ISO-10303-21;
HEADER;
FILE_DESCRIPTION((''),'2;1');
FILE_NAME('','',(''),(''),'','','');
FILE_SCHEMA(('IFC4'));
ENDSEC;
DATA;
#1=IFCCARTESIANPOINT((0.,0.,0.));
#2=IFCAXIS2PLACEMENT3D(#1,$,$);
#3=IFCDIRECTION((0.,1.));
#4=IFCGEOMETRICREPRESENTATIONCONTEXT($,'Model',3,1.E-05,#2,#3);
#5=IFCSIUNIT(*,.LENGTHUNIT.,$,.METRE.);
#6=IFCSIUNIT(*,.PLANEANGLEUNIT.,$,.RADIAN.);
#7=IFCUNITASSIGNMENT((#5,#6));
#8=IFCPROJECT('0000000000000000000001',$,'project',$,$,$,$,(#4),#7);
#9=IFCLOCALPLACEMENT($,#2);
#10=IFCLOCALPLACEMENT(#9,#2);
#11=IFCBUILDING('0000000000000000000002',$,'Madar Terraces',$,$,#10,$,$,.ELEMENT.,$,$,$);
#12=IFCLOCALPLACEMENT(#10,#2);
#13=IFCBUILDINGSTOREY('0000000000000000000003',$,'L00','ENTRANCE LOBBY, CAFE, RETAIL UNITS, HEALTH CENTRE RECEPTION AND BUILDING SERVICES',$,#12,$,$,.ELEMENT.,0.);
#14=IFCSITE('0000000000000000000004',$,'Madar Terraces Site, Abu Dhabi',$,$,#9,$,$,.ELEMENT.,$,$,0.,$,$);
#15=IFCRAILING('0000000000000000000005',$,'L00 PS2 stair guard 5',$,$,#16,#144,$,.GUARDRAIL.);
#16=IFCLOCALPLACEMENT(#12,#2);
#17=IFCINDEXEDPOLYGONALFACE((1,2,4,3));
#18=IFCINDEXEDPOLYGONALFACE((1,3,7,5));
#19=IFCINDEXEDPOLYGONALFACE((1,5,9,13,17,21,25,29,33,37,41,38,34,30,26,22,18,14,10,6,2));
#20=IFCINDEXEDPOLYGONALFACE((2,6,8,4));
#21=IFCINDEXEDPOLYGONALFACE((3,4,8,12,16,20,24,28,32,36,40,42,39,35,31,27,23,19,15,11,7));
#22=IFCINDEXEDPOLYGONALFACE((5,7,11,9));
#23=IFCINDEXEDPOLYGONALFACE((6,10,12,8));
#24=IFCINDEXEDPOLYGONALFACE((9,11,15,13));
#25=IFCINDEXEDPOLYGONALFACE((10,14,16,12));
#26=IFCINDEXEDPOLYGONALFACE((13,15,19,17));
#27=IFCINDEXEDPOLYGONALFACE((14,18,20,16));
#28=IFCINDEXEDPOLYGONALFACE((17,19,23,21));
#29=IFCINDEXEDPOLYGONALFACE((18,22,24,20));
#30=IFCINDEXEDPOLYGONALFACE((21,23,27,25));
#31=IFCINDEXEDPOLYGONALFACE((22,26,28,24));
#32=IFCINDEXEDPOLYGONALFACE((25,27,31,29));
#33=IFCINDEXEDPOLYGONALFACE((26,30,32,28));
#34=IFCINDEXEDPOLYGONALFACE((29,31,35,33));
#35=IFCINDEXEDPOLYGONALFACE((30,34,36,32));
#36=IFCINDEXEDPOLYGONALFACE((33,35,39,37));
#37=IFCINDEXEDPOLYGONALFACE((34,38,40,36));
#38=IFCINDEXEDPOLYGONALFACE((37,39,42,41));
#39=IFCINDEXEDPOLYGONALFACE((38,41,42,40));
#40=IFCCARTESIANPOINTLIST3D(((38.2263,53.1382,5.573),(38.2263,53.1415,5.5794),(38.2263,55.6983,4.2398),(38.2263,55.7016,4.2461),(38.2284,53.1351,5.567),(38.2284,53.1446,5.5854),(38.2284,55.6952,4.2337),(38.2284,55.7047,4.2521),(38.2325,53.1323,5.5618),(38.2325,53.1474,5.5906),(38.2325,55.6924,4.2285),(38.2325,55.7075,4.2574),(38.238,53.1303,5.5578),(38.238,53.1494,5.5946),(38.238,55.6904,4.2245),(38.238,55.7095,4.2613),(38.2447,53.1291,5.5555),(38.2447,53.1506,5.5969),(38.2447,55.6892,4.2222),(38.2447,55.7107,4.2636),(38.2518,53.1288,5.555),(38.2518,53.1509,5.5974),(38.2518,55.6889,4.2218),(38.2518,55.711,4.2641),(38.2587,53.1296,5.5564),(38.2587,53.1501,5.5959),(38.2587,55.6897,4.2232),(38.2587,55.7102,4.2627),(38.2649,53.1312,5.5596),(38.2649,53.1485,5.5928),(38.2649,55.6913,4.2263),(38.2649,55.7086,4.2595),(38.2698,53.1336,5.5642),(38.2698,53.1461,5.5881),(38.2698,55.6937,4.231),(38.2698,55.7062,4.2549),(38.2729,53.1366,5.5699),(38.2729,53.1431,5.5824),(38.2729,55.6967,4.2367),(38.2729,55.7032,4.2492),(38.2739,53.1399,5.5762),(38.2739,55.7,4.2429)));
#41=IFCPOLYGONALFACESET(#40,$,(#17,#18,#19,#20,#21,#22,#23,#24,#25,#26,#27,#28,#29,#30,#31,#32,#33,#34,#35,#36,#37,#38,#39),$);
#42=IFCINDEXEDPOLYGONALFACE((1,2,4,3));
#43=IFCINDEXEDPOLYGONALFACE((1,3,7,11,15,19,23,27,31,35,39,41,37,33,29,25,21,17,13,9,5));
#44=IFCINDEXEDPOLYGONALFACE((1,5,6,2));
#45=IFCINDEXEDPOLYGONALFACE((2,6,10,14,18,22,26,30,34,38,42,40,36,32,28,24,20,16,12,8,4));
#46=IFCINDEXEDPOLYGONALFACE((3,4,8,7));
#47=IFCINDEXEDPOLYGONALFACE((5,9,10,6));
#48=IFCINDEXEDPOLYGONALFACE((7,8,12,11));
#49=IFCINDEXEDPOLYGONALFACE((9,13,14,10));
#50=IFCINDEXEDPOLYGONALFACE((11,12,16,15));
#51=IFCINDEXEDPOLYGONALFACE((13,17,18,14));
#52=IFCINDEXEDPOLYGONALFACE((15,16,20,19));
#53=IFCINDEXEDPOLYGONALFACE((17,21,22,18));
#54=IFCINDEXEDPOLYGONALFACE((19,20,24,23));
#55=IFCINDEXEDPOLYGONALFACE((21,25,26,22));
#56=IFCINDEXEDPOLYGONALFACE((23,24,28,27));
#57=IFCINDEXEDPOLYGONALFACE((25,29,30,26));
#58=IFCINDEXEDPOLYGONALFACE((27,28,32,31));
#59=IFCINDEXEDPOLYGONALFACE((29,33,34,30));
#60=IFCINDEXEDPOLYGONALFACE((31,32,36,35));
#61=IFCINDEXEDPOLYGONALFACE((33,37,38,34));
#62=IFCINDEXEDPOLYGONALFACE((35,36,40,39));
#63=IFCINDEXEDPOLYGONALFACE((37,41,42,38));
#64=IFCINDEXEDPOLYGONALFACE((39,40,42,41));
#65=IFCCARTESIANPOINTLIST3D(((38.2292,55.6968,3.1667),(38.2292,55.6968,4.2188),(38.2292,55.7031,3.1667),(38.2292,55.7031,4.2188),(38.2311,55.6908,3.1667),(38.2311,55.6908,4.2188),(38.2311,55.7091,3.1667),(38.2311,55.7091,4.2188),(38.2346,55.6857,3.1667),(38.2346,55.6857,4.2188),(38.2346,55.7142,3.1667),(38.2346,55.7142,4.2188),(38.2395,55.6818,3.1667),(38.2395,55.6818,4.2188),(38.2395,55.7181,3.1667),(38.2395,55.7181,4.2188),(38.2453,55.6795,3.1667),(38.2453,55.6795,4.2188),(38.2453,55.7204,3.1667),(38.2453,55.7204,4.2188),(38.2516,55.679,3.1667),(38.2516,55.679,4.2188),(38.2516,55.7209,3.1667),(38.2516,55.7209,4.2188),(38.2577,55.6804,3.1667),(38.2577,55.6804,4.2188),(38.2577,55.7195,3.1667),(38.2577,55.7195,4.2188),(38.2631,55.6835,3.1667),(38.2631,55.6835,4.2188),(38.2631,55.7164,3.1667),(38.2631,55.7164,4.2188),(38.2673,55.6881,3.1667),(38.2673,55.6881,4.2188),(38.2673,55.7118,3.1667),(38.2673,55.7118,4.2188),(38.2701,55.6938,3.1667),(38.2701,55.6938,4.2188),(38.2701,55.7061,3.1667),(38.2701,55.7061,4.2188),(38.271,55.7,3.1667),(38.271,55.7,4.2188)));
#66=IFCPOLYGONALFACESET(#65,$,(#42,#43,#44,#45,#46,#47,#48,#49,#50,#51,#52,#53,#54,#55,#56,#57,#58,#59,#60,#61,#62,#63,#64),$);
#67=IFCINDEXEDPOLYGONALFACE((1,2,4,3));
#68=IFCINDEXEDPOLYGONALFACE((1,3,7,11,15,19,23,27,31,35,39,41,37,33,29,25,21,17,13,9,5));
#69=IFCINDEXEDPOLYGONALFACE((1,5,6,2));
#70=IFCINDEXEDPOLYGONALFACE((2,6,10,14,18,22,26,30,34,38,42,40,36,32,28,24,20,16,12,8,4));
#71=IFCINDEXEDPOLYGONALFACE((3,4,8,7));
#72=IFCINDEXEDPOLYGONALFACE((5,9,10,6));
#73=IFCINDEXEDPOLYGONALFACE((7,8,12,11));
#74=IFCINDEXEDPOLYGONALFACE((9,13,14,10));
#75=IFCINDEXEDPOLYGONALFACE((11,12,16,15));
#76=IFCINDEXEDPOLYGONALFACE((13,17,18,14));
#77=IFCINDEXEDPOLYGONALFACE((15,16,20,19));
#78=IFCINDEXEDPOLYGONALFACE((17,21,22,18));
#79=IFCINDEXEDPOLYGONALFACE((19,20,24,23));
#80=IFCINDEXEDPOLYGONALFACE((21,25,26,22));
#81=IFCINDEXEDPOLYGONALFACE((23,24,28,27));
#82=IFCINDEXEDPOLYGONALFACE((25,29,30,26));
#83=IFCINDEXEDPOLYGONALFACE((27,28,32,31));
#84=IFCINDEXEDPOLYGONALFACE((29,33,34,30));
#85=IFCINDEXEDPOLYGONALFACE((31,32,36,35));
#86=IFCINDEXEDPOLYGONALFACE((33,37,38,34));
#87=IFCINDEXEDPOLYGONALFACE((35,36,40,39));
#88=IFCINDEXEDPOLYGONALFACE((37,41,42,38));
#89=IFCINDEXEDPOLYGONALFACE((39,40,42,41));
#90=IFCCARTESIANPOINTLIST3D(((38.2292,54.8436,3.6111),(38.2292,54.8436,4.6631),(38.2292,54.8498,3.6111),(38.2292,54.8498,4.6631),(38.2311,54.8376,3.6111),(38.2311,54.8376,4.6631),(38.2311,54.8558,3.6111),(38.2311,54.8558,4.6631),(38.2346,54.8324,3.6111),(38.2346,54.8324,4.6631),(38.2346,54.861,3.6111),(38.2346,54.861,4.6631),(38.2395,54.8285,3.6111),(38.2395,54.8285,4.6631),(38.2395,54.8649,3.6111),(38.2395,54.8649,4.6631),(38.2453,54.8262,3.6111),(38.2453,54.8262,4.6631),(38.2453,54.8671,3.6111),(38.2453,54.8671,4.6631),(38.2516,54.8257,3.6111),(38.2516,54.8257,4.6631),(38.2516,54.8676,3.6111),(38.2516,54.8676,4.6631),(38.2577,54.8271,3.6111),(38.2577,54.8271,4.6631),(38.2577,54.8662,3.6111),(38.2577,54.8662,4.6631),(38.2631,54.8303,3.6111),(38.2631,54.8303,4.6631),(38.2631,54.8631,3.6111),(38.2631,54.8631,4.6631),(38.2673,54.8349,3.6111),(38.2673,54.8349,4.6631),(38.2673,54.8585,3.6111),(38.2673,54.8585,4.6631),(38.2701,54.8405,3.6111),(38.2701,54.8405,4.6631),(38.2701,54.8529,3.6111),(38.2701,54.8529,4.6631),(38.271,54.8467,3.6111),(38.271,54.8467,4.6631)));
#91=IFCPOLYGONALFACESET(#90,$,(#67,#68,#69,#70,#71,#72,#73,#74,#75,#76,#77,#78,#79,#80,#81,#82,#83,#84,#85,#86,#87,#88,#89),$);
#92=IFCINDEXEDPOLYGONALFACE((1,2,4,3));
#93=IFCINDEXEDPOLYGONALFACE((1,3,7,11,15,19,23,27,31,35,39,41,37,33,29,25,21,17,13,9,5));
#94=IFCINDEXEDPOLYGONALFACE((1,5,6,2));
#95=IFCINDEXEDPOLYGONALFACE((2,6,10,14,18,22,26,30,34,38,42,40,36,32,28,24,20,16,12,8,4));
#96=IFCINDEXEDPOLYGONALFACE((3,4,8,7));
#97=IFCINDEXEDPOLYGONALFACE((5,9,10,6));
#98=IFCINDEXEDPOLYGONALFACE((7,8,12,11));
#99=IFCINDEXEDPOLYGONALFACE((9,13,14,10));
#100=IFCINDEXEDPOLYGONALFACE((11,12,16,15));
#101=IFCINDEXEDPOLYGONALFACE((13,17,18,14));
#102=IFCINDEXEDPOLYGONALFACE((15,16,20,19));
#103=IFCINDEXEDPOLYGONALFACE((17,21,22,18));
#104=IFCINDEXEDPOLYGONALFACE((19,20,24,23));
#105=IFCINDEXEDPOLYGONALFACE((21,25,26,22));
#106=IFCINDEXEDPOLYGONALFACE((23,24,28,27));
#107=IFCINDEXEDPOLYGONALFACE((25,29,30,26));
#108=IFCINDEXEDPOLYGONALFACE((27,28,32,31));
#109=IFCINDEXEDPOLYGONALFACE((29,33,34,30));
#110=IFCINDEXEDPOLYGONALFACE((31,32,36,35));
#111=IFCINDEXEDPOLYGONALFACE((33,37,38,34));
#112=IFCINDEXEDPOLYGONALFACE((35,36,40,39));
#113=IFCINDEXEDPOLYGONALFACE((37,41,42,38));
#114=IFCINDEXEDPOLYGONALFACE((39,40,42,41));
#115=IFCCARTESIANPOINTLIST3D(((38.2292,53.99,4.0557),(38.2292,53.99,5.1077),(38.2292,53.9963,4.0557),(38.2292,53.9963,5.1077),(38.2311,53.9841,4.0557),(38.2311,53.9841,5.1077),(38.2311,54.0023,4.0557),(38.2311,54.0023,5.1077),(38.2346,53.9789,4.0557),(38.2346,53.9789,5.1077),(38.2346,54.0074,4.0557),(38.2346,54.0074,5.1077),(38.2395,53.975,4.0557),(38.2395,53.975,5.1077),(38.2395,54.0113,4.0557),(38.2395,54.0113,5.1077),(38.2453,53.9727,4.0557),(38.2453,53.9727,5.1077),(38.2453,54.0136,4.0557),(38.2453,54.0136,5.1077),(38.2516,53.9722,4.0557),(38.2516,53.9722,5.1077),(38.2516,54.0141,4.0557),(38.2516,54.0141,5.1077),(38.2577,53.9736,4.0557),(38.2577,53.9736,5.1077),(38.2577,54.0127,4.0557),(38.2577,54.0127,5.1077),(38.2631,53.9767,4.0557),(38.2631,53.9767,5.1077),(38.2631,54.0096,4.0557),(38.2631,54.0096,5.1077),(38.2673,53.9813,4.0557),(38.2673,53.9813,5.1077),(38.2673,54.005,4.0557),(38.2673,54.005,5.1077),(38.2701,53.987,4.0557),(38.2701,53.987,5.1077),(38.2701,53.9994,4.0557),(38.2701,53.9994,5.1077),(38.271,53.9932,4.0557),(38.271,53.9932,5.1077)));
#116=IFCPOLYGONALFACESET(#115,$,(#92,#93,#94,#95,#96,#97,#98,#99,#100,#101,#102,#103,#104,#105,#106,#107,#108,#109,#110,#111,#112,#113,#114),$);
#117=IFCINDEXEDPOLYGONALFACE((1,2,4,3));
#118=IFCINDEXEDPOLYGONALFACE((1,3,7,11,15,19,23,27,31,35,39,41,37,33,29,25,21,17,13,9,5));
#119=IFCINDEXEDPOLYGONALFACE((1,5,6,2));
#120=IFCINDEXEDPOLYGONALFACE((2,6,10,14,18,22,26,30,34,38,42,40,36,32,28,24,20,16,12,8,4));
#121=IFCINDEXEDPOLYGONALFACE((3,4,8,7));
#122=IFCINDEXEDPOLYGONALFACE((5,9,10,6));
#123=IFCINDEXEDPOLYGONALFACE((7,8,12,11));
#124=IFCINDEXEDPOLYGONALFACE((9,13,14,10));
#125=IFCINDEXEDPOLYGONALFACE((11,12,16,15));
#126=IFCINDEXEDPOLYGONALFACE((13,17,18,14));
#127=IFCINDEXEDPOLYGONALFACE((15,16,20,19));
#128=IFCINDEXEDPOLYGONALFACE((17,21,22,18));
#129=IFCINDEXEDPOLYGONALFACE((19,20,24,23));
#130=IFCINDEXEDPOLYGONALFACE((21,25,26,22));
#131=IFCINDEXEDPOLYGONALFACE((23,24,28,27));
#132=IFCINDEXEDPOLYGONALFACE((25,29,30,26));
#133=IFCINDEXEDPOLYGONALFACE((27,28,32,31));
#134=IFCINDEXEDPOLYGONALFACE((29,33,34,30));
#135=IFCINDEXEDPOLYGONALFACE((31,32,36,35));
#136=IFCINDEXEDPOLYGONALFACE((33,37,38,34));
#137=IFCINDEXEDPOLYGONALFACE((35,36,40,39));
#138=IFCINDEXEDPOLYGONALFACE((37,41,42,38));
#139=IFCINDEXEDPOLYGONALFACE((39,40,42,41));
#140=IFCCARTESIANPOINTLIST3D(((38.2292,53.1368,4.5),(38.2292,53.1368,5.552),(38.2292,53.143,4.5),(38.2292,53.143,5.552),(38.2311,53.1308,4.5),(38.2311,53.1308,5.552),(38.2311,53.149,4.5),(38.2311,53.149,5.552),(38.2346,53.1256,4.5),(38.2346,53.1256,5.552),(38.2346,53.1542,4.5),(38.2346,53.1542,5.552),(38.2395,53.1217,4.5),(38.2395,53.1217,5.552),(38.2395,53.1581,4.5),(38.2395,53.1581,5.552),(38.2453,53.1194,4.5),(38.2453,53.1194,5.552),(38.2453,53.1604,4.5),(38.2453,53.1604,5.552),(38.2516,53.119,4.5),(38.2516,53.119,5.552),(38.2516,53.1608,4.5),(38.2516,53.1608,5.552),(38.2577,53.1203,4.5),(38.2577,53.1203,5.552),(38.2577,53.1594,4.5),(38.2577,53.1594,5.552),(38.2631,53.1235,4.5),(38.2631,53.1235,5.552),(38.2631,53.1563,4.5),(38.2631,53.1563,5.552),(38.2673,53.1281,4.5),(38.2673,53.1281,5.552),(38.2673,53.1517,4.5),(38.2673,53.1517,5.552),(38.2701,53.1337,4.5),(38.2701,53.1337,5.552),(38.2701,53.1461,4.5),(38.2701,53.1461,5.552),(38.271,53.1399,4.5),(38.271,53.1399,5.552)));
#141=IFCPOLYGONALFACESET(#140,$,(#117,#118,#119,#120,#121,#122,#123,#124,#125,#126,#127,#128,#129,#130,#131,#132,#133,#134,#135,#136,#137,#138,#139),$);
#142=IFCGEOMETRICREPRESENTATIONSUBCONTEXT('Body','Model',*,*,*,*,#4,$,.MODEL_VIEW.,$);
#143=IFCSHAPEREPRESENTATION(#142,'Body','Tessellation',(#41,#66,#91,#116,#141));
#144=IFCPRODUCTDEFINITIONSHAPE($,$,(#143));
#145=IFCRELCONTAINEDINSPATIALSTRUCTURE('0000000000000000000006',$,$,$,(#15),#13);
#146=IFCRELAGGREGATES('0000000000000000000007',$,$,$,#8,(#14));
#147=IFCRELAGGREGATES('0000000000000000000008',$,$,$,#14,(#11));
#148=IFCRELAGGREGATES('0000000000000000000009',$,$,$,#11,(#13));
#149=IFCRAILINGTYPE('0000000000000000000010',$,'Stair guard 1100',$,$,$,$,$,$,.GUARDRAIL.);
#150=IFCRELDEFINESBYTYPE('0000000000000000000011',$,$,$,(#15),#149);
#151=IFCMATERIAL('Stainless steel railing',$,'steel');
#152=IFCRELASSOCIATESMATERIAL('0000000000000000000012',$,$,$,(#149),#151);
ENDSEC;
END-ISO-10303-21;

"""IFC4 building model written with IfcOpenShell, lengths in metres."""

from ifc_helpers import new_model, si_unit, direction, frame, origin, origin_2d, place, context, subcontext, project, spatial, circle, extrude, material, type_object, element, save


model = new_model("IFC4")

# Units and contexts
model_context = context("Model", 3, precision=1e-05, world=origin(), true_north=direction((0.0, 1.0)))
body_context = subcontext(model_context, "Body", "Model", "MODEL_VIEW")
ifc_project = project(units=[si_unit("LENGTHUNIT", "METRE"), si_unit("PLANEANGLEUNIT", "RADIAN")], contexts=[model_context])

# Site, building, storey
site_placement = place(None, origin())
site = spatial("IfcSite", under=ifc_project, at=site_placement, Name="Madar Terraces Site, Abu Dhabi", CompositionType="ELEMENT", RefElevation=0.0)
building_placement = place(site_placement, origin())
building = spatial("IfcBuilding", under=site, at=building_placement, Name="Madar Terraces", CompositionType="ELEMENT")
storey_placement = place(building_placement, origin())
storey = spatial("IfcBuildingStorey", under=building, at=storey_placement, Name="L00", Description="ENTRANCE LOBBY, CAFE, RETAIL UNITS, HEALTH CENTRE RECEPTION AND BUILDING SERVICES", CompositionType="ELEMENT", Elevation=0.0)

# Railing
ifc_material_1 = material(Name="Stainless steel railing", Category="steel")
railing_type_1 = type_object("IfcRailingType", Name="Stair guard 1100", PredefinedType="GUARDRAIL", material=ifc_material_1)
railing_1_placement = place(storey_placement, frame((38.25, 55.7, 3.1667)))
element("IfcRailing", 1, at=railing_1_placement, inside=storey, type_object=railing_type_1, Name="L00 PS2 stair guard 5", PredefinedType="GUARDRAIL", context=body_context, shape_type="SweptSolid", body=[
    extrude(circle(Radius=0.0239, at=origin_2d()), frame((0.0, 0.0, 1.0762), z_axis=(0.0, -0.88693, 0.461904), x_axis=(1.0, 0.0, 0.0)), (0.0, 0.0, 1.0), 2.8865),
    extrude(circle(Radius=0.021, at=origin_2d()), origin(), (0.0, 0.0, 1.0), 1.052),
    extrude(circle(Radius=0.021, at=origin_2d()), frame((0.0, -0.8533, 0.4443)), (0.0, 0.0, 1.0), 1.052),
    extrude(circle(Radius=0.021, at=origin_2d()), frame((0.0, -1.7068, 0.8889)), (0.0, 0.0, 1.0), 1.052),
    extrude(circle(Radius=0.021, at=origin_2d()), frame((0.0, -2.5601, 1.3333)), (0.0, 0.0, 1.0), 1.052),
])

save(model, "model.ifc")
